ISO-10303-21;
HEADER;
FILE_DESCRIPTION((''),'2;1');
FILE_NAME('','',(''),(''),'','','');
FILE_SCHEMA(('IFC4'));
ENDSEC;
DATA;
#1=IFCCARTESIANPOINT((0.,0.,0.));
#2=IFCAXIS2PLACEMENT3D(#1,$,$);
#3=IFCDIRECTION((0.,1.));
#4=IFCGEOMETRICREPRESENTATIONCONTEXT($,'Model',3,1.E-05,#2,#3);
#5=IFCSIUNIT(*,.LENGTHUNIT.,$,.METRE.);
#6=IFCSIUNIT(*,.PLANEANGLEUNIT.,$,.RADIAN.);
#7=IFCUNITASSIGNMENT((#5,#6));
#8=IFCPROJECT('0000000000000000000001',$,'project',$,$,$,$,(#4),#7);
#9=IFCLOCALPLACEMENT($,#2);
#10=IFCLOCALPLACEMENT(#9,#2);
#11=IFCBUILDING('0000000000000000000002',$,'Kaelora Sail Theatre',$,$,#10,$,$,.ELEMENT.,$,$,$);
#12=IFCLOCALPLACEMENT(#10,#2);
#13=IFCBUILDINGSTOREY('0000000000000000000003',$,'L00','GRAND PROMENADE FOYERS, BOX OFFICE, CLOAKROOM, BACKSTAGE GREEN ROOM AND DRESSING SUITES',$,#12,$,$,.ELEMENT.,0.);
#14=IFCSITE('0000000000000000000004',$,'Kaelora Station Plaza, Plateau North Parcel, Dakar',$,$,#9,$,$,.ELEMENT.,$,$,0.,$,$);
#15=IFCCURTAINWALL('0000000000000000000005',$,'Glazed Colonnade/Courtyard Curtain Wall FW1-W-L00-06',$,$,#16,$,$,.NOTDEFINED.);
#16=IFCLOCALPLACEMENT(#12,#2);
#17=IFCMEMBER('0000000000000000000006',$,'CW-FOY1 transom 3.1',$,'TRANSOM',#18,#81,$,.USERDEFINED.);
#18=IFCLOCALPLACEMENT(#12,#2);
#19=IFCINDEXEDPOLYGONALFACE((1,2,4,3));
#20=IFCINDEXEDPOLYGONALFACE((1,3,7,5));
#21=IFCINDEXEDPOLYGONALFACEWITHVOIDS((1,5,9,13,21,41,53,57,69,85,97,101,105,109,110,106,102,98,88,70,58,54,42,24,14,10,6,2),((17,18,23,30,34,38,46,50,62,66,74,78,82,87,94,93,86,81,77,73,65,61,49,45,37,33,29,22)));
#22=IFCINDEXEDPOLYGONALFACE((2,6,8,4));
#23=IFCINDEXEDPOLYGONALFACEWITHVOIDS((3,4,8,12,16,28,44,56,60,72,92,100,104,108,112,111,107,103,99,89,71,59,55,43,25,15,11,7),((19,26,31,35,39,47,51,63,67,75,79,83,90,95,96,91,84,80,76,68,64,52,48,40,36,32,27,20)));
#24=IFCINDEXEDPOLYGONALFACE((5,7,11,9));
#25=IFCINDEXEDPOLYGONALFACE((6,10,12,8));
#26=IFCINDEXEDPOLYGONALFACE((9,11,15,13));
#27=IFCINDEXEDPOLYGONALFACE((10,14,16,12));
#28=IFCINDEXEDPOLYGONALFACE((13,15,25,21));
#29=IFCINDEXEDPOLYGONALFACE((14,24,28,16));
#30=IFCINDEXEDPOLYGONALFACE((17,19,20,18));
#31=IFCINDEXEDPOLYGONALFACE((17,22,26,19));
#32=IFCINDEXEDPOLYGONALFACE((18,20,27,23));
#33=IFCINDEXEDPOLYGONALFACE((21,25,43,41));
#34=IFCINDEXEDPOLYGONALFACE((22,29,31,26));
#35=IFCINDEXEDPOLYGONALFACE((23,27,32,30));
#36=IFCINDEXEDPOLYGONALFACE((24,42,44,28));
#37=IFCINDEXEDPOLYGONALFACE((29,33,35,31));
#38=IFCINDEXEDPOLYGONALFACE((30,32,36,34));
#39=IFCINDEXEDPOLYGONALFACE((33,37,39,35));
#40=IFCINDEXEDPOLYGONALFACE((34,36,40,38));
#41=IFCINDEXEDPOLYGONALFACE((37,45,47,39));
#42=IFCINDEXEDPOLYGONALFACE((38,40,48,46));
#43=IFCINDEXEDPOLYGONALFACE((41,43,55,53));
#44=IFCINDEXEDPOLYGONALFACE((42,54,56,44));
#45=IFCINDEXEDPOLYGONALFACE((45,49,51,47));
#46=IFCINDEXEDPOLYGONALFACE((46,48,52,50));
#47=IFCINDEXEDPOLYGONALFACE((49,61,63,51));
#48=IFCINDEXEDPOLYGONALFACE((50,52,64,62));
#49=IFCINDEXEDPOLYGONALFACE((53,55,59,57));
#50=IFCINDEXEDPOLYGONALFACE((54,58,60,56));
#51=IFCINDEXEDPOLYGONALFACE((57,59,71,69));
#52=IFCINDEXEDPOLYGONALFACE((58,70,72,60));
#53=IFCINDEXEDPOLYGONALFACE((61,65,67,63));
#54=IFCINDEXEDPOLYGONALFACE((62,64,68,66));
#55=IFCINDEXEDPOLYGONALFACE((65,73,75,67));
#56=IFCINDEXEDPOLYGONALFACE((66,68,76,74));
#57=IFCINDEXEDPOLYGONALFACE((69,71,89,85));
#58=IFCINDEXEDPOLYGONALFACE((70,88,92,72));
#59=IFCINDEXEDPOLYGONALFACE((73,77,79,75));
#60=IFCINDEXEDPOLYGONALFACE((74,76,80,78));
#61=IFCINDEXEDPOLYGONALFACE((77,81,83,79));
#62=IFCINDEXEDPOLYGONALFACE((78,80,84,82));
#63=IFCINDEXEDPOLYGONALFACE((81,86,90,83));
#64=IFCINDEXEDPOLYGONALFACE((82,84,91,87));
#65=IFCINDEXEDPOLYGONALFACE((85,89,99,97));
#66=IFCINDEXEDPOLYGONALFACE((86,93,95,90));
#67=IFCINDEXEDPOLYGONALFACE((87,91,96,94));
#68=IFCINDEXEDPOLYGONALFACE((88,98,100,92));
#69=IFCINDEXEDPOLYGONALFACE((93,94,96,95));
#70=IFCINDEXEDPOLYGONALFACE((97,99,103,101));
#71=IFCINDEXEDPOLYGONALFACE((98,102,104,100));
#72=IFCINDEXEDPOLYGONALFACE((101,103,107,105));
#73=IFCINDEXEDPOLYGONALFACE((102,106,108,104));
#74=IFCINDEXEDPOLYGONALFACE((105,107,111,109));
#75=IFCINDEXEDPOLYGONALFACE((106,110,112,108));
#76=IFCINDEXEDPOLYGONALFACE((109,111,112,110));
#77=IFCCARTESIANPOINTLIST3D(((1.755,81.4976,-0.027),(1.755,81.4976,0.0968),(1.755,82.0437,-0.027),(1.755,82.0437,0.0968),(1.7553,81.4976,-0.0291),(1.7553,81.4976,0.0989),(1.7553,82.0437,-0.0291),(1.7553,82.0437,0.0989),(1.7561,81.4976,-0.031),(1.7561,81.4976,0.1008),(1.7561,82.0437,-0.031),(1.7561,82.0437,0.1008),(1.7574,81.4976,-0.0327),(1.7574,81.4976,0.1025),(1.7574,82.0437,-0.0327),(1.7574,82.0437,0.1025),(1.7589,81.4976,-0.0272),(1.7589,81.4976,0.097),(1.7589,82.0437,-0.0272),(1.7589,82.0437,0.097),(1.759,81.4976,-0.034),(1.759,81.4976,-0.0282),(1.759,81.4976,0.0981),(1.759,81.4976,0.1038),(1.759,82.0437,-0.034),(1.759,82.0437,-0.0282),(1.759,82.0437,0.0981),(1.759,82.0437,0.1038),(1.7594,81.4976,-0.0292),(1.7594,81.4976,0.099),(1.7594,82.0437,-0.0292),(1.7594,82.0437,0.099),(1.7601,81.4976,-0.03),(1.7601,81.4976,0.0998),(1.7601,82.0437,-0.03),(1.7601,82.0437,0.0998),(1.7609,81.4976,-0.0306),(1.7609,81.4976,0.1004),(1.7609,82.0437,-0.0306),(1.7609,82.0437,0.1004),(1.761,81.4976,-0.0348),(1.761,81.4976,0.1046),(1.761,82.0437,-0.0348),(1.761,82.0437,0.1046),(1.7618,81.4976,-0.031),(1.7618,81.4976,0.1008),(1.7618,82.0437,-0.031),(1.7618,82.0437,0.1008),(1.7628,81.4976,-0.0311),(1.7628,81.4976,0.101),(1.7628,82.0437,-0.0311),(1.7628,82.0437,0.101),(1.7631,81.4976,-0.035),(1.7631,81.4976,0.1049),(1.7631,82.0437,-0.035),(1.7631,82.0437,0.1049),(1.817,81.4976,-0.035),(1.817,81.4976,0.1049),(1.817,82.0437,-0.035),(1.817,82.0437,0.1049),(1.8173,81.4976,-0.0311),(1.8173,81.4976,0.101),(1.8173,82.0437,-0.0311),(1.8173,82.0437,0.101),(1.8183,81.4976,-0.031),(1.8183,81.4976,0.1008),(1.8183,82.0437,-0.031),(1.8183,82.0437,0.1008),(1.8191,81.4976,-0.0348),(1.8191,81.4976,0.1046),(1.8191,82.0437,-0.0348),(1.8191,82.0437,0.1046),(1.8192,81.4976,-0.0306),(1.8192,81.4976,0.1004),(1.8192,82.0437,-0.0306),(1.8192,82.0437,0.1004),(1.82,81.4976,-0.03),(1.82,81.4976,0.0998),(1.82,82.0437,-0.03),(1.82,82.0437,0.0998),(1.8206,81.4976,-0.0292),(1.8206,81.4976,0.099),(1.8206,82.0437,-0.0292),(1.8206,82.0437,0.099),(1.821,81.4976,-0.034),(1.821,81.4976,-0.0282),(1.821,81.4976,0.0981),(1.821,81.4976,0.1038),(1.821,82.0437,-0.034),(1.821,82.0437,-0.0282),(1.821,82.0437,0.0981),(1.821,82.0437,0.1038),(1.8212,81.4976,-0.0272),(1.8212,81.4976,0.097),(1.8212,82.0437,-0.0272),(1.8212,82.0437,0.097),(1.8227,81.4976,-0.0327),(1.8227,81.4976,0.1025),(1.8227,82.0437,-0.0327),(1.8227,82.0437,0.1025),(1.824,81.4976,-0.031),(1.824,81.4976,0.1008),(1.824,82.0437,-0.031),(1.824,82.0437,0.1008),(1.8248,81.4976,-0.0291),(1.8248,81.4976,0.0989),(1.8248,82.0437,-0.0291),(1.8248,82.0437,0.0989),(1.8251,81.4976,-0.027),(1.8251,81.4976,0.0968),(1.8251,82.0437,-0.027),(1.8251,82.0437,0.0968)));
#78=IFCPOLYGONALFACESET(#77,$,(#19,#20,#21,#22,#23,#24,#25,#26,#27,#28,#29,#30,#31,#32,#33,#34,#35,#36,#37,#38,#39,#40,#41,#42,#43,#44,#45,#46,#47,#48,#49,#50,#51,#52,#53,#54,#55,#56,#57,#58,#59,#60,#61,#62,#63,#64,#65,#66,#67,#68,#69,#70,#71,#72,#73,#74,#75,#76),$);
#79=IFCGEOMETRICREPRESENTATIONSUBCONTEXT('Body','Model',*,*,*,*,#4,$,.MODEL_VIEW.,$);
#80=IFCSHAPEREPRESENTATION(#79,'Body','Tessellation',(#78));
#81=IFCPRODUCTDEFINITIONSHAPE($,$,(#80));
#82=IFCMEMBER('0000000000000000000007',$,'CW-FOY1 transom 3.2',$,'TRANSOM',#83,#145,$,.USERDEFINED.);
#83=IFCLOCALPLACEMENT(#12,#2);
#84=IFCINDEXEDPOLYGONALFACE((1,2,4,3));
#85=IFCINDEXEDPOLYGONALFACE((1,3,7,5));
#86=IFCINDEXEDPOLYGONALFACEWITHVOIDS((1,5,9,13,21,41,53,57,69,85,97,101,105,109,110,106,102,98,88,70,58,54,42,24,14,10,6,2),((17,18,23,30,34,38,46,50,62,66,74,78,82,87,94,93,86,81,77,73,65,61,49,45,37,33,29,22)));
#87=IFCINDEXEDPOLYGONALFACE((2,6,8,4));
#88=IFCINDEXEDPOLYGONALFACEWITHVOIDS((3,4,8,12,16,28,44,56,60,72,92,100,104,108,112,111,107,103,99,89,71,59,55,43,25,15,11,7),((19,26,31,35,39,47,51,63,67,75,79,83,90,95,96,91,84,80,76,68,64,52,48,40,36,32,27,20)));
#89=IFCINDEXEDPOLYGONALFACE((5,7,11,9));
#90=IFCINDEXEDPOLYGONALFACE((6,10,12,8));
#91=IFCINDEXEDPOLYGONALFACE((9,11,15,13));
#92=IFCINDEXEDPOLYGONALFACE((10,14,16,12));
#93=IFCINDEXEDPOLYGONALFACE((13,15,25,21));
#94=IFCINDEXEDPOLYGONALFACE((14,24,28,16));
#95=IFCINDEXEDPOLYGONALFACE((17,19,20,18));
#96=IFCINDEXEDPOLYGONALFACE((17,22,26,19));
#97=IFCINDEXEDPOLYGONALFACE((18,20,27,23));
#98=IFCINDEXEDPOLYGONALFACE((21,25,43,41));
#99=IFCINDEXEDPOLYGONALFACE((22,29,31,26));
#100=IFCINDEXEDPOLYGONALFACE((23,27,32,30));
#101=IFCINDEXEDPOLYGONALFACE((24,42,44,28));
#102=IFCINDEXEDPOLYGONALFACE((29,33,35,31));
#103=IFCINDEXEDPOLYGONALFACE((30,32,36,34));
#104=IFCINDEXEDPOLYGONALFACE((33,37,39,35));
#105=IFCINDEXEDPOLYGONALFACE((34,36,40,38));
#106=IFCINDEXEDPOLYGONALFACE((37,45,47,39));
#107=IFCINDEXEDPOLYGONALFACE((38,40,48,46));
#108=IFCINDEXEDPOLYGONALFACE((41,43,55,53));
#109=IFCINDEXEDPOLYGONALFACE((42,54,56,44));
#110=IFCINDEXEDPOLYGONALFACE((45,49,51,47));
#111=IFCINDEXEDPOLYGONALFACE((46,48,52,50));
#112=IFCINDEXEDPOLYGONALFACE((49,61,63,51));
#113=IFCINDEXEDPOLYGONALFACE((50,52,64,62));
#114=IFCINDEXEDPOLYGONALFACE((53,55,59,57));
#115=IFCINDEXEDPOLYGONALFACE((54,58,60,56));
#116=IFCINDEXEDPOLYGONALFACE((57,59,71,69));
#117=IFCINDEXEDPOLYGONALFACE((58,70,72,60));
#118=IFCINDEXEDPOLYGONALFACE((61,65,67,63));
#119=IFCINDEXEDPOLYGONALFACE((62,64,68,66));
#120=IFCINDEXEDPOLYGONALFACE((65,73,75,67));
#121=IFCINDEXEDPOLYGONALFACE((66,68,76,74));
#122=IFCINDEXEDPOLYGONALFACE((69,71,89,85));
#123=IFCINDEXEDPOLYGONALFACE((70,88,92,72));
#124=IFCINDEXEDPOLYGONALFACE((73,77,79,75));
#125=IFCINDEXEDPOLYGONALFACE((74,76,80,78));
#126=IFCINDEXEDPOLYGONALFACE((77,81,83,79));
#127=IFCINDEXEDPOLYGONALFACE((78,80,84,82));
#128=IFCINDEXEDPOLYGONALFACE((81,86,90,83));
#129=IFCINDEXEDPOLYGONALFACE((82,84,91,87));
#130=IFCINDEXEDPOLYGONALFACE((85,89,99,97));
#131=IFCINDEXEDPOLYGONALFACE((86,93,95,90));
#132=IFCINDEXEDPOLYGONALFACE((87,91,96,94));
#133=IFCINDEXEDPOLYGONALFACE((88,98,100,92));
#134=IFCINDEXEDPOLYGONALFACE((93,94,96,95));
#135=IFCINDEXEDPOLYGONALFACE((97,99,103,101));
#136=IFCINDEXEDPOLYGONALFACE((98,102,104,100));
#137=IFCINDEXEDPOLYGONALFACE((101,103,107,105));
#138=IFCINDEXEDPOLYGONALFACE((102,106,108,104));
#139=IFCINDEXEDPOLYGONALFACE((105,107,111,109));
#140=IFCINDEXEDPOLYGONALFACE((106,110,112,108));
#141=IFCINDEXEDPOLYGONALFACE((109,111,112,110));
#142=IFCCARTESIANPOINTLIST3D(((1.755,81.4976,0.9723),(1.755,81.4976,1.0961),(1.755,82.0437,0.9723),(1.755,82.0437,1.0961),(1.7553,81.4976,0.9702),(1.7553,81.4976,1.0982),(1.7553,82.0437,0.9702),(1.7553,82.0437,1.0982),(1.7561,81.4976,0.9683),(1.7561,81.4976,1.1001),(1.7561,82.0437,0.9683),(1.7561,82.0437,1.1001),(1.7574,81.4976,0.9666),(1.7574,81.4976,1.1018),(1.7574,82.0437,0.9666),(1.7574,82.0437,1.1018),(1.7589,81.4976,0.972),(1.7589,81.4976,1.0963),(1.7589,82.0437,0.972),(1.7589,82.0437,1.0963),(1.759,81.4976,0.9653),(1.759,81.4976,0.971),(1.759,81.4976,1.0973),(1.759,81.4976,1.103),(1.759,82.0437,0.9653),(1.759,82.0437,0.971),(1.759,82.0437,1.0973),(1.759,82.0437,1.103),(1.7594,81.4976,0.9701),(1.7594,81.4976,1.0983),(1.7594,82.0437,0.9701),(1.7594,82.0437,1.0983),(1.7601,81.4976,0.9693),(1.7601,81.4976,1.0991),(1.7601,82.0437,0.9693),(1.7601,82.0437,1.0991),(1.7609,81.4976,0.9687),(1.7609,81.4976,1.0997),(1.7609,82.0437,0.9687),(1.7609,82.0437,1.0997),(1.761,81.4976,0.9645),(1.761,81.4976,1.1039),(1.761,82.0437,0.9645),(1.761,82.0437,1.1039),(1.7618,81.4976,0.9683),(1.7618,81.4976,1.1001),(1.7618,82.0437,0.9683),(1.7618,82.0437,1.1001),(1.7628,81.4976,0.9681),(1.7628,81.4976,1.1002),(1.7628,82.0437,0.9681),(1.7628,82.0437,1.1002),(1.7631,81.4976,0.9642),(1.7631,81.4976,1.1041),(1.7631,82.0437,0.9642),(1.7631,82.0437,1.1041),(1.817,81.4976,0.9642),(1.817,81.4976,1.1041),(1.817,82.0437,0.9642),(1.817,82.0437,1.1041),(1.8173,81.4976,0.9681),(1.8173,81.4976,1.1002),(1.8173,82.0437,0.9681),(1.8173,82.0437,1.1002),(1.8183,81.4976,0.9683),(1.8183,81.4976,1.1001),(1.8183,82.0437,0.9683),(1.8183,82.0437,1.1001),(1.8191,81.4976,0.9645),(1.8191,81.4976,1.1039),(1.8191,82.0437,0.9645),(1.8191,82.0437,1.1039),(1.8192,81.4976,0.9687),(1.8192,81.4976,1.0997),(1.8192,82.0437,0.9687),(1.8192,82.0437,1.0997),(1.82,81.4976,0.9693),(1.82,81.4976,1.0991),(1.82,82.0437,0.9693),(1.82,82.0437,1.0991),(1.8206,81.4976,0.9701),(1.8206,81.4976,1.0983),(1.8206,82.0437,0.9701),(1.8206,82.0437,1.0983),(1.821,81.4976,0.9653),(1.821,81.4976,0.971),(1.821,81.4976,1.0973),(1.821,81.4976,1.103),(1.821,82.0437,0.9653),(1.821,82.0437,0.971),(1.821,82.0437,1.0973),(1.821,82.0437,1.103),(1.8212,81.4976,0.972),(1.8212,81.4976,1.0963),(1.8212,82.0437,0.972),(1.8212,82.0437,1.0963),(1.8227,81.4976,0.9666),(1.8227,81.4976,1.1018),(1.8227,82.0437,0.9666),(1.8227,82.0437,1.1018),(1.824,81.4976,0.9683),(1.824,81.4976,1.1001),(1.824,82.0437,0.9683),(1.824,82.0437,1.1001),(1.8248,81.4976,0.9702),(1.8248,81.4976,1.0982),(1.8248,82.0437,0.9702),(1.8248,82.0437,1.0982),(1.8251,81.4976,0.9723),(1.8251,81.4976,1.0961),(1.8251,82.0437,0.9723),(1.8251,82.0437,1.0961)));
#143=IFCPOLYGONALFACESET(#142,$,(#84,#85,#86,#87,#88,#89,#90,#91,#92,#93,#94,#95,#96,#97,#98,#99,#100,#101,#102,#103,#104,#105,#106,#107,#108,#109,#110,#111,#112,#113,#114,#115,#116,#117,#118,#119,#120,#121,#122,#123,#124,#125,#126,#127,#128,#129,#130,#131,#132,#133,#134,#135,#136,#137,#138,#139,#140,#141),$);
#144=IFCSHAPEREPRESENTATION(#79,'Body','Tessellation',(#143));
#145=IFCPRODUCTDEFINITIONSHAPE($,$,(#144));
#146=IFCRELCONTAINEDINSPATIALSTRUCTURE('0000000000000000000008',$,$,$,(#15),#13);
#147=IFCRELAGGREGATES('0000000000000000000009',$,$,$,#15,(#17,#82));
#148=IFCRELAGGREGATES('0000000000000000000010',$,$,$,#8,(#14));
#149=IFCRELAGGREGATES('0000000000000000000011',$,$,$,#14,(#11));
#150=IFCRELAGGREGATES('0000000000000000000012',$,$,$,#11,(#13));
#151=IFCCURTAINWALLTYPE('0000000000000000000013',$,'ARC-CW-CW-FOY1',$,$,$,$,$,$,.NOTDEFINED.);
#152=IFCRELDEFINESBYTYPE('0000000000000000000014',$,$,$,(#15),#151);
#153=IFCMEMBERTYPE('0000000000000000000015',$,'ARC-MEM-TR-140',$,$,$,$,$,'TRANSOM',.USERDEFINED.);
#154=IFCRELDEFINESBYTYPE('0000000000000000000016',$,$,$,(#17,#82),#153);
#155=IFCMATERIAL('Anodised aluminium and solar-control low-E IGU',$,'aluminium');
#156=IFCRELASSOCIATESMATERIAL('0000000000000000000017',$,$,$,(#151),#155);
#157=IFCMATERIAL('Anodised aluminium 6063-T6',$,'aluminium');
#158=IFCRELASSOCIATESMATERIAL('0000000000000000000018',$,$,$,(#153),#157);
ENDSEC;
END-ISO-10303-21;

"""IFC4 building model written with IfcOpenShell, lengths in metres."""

from ifc_helpers import new_model, si_unit, direction, frame, origin, origin_2d, place, context, subcontext, project, spatial, hollow_rectangle, extrude, material, material_profile, profile_set, type_object, element, aggregate, save


model = new_model("IFC4")

# Units and contexts
model_context = context("Model", 3, precision=1e-05, world=origin(), true_north=direction((0.0, 1.0)))
body_context = subcontext(model_context, "Body", "Model", "MODEL_VIEW")
ifc_project = project(units=[si_unit("LENGTHUNIT", "METRE"), si_unit("PLANEANGLEUNIT", "RADIAN")], contexts=[model_context])

# Site, building, storey
site_placement = place(None, origin())
site = spatial("IfcSite", under=ifc_project, at=site_placement, Name="Kaelora Station Plaza, Plateau North Parcel, Dakar", CompositionType="ELEMENT", RefElevation=0.0)
building_placement = place(site_placement, origin())
building = spatial("IfcBuilding", under=site, at=building_placement, Name="Kaelora Sail Theatre", CompositionType="ELEMENT")
storey_placement = place(building_placement, origin())
storey = spatial("IfcBuildingStorey", under=building, at=storey_placement, Name="L00", Description="GRAND PROMENADE FOYERS, BOX OFFICE, CLOAKROOM, BACKSTAGE GREEN ROOM AND DRESSING SUITES", CompositionType="ELEMENT", Elevation=0.0)

# Curtain wall, members
ifc_material_1 = material(Name="Anodised aluminium and solar-control low-E IGU", Category="aluminium")
curtain_wall_type = type_object("IfcCurtainWallType", Name="ARC-CW-CW-FOY1", PredefinedType="NOTDEFINED", material=ifc_material_1)
curtain_wall_placement = place(storey_placement, origin())
curtain_wall = element("IfcCurtainWall", 1, at=curtain_wall_placement, inside=storey, type_object=curtain_wall_type, Name="Glazed Colonnade/Courtyard Curtain Wall FW1-W-L00-06", PredefinedType="NOTDEFINED")
ifc_material_2 = material(Name="Anodised aluminium 6063-T6", Category="aluminium")
ifc_material_profile_1 = material_profile(ifc_material_2, hollow_rectangle(XDim=0.0701, YDim=0.1399, WallThickness=0.0039, InnerFilletRadius=0.0039, OuterFilletRadius=0.0081, at=origin_2d()), Name="ALU-TRAN 70x140x4")
ifc_profile_set_1 = profile_set([ifc_material_profile_1], Name="Anodised aluminium 6063-T6")
member_type_1 = type_object("IfcMemberType", Name="ARC-MEM-TR-140", ElementType="TRANSOM", PredefinedType="USERDEFINED", material=ifc_profile_set_1)
member_1_placement = place(storey_placement, frame((1.79, 81.4976, 0.0349), z_axis=(0.0, 1.0, 0.0), x_axis=(-1.0, 0.0, 0.0)))
member_1 = element("IfcMember", 2, at=member_1_placement, type_object=member_type_1, Name="CW-FOY1 transom 3.1", ObjectType="TRANSOM", PredefinedType="USERDEFINED", context=body_context, shape_type="SweptSolid", body=[
    extrude(hollow_rectangle(XDim=0.0701, YDim=0.1399, WallThickness=0.0039, InnerFilletRadius=0.0039, OuterFilletRadius=0.0081, at=origin_2d()), origin(), (0.0, 0.0, 1.0), 0.5461),
])
member_2_placement = place(storey_placement, frame((1.79, 81.4976, 1.0342), z_axis=(0.0, 1.0, 0.0), x_axis=(-1.0, 0.0, 0.0)))
member_2 = element("IfcMember", 3, at=member_2_placement, type_object=member_type_1, Name="CW-FOY1 transom 3.2", ObjectType="TRANSOM", PredefinedType="USERDEFINED", context=body_context, shape_type="SweptSolid", body=[
    extrude(hollow_rectangle(XDim=0.0701, YDim=0.1399, WallThickness=0.0039, InnerFilletRadius=0.0039, OuterFilletRadius=0.0081, at=origin_2d()), origin(), (0.0, 0.0, 1.0), 0.5461),
])
aggregate(curtain_wall, [member_1, member_2])

save(model, "model.ifc")
